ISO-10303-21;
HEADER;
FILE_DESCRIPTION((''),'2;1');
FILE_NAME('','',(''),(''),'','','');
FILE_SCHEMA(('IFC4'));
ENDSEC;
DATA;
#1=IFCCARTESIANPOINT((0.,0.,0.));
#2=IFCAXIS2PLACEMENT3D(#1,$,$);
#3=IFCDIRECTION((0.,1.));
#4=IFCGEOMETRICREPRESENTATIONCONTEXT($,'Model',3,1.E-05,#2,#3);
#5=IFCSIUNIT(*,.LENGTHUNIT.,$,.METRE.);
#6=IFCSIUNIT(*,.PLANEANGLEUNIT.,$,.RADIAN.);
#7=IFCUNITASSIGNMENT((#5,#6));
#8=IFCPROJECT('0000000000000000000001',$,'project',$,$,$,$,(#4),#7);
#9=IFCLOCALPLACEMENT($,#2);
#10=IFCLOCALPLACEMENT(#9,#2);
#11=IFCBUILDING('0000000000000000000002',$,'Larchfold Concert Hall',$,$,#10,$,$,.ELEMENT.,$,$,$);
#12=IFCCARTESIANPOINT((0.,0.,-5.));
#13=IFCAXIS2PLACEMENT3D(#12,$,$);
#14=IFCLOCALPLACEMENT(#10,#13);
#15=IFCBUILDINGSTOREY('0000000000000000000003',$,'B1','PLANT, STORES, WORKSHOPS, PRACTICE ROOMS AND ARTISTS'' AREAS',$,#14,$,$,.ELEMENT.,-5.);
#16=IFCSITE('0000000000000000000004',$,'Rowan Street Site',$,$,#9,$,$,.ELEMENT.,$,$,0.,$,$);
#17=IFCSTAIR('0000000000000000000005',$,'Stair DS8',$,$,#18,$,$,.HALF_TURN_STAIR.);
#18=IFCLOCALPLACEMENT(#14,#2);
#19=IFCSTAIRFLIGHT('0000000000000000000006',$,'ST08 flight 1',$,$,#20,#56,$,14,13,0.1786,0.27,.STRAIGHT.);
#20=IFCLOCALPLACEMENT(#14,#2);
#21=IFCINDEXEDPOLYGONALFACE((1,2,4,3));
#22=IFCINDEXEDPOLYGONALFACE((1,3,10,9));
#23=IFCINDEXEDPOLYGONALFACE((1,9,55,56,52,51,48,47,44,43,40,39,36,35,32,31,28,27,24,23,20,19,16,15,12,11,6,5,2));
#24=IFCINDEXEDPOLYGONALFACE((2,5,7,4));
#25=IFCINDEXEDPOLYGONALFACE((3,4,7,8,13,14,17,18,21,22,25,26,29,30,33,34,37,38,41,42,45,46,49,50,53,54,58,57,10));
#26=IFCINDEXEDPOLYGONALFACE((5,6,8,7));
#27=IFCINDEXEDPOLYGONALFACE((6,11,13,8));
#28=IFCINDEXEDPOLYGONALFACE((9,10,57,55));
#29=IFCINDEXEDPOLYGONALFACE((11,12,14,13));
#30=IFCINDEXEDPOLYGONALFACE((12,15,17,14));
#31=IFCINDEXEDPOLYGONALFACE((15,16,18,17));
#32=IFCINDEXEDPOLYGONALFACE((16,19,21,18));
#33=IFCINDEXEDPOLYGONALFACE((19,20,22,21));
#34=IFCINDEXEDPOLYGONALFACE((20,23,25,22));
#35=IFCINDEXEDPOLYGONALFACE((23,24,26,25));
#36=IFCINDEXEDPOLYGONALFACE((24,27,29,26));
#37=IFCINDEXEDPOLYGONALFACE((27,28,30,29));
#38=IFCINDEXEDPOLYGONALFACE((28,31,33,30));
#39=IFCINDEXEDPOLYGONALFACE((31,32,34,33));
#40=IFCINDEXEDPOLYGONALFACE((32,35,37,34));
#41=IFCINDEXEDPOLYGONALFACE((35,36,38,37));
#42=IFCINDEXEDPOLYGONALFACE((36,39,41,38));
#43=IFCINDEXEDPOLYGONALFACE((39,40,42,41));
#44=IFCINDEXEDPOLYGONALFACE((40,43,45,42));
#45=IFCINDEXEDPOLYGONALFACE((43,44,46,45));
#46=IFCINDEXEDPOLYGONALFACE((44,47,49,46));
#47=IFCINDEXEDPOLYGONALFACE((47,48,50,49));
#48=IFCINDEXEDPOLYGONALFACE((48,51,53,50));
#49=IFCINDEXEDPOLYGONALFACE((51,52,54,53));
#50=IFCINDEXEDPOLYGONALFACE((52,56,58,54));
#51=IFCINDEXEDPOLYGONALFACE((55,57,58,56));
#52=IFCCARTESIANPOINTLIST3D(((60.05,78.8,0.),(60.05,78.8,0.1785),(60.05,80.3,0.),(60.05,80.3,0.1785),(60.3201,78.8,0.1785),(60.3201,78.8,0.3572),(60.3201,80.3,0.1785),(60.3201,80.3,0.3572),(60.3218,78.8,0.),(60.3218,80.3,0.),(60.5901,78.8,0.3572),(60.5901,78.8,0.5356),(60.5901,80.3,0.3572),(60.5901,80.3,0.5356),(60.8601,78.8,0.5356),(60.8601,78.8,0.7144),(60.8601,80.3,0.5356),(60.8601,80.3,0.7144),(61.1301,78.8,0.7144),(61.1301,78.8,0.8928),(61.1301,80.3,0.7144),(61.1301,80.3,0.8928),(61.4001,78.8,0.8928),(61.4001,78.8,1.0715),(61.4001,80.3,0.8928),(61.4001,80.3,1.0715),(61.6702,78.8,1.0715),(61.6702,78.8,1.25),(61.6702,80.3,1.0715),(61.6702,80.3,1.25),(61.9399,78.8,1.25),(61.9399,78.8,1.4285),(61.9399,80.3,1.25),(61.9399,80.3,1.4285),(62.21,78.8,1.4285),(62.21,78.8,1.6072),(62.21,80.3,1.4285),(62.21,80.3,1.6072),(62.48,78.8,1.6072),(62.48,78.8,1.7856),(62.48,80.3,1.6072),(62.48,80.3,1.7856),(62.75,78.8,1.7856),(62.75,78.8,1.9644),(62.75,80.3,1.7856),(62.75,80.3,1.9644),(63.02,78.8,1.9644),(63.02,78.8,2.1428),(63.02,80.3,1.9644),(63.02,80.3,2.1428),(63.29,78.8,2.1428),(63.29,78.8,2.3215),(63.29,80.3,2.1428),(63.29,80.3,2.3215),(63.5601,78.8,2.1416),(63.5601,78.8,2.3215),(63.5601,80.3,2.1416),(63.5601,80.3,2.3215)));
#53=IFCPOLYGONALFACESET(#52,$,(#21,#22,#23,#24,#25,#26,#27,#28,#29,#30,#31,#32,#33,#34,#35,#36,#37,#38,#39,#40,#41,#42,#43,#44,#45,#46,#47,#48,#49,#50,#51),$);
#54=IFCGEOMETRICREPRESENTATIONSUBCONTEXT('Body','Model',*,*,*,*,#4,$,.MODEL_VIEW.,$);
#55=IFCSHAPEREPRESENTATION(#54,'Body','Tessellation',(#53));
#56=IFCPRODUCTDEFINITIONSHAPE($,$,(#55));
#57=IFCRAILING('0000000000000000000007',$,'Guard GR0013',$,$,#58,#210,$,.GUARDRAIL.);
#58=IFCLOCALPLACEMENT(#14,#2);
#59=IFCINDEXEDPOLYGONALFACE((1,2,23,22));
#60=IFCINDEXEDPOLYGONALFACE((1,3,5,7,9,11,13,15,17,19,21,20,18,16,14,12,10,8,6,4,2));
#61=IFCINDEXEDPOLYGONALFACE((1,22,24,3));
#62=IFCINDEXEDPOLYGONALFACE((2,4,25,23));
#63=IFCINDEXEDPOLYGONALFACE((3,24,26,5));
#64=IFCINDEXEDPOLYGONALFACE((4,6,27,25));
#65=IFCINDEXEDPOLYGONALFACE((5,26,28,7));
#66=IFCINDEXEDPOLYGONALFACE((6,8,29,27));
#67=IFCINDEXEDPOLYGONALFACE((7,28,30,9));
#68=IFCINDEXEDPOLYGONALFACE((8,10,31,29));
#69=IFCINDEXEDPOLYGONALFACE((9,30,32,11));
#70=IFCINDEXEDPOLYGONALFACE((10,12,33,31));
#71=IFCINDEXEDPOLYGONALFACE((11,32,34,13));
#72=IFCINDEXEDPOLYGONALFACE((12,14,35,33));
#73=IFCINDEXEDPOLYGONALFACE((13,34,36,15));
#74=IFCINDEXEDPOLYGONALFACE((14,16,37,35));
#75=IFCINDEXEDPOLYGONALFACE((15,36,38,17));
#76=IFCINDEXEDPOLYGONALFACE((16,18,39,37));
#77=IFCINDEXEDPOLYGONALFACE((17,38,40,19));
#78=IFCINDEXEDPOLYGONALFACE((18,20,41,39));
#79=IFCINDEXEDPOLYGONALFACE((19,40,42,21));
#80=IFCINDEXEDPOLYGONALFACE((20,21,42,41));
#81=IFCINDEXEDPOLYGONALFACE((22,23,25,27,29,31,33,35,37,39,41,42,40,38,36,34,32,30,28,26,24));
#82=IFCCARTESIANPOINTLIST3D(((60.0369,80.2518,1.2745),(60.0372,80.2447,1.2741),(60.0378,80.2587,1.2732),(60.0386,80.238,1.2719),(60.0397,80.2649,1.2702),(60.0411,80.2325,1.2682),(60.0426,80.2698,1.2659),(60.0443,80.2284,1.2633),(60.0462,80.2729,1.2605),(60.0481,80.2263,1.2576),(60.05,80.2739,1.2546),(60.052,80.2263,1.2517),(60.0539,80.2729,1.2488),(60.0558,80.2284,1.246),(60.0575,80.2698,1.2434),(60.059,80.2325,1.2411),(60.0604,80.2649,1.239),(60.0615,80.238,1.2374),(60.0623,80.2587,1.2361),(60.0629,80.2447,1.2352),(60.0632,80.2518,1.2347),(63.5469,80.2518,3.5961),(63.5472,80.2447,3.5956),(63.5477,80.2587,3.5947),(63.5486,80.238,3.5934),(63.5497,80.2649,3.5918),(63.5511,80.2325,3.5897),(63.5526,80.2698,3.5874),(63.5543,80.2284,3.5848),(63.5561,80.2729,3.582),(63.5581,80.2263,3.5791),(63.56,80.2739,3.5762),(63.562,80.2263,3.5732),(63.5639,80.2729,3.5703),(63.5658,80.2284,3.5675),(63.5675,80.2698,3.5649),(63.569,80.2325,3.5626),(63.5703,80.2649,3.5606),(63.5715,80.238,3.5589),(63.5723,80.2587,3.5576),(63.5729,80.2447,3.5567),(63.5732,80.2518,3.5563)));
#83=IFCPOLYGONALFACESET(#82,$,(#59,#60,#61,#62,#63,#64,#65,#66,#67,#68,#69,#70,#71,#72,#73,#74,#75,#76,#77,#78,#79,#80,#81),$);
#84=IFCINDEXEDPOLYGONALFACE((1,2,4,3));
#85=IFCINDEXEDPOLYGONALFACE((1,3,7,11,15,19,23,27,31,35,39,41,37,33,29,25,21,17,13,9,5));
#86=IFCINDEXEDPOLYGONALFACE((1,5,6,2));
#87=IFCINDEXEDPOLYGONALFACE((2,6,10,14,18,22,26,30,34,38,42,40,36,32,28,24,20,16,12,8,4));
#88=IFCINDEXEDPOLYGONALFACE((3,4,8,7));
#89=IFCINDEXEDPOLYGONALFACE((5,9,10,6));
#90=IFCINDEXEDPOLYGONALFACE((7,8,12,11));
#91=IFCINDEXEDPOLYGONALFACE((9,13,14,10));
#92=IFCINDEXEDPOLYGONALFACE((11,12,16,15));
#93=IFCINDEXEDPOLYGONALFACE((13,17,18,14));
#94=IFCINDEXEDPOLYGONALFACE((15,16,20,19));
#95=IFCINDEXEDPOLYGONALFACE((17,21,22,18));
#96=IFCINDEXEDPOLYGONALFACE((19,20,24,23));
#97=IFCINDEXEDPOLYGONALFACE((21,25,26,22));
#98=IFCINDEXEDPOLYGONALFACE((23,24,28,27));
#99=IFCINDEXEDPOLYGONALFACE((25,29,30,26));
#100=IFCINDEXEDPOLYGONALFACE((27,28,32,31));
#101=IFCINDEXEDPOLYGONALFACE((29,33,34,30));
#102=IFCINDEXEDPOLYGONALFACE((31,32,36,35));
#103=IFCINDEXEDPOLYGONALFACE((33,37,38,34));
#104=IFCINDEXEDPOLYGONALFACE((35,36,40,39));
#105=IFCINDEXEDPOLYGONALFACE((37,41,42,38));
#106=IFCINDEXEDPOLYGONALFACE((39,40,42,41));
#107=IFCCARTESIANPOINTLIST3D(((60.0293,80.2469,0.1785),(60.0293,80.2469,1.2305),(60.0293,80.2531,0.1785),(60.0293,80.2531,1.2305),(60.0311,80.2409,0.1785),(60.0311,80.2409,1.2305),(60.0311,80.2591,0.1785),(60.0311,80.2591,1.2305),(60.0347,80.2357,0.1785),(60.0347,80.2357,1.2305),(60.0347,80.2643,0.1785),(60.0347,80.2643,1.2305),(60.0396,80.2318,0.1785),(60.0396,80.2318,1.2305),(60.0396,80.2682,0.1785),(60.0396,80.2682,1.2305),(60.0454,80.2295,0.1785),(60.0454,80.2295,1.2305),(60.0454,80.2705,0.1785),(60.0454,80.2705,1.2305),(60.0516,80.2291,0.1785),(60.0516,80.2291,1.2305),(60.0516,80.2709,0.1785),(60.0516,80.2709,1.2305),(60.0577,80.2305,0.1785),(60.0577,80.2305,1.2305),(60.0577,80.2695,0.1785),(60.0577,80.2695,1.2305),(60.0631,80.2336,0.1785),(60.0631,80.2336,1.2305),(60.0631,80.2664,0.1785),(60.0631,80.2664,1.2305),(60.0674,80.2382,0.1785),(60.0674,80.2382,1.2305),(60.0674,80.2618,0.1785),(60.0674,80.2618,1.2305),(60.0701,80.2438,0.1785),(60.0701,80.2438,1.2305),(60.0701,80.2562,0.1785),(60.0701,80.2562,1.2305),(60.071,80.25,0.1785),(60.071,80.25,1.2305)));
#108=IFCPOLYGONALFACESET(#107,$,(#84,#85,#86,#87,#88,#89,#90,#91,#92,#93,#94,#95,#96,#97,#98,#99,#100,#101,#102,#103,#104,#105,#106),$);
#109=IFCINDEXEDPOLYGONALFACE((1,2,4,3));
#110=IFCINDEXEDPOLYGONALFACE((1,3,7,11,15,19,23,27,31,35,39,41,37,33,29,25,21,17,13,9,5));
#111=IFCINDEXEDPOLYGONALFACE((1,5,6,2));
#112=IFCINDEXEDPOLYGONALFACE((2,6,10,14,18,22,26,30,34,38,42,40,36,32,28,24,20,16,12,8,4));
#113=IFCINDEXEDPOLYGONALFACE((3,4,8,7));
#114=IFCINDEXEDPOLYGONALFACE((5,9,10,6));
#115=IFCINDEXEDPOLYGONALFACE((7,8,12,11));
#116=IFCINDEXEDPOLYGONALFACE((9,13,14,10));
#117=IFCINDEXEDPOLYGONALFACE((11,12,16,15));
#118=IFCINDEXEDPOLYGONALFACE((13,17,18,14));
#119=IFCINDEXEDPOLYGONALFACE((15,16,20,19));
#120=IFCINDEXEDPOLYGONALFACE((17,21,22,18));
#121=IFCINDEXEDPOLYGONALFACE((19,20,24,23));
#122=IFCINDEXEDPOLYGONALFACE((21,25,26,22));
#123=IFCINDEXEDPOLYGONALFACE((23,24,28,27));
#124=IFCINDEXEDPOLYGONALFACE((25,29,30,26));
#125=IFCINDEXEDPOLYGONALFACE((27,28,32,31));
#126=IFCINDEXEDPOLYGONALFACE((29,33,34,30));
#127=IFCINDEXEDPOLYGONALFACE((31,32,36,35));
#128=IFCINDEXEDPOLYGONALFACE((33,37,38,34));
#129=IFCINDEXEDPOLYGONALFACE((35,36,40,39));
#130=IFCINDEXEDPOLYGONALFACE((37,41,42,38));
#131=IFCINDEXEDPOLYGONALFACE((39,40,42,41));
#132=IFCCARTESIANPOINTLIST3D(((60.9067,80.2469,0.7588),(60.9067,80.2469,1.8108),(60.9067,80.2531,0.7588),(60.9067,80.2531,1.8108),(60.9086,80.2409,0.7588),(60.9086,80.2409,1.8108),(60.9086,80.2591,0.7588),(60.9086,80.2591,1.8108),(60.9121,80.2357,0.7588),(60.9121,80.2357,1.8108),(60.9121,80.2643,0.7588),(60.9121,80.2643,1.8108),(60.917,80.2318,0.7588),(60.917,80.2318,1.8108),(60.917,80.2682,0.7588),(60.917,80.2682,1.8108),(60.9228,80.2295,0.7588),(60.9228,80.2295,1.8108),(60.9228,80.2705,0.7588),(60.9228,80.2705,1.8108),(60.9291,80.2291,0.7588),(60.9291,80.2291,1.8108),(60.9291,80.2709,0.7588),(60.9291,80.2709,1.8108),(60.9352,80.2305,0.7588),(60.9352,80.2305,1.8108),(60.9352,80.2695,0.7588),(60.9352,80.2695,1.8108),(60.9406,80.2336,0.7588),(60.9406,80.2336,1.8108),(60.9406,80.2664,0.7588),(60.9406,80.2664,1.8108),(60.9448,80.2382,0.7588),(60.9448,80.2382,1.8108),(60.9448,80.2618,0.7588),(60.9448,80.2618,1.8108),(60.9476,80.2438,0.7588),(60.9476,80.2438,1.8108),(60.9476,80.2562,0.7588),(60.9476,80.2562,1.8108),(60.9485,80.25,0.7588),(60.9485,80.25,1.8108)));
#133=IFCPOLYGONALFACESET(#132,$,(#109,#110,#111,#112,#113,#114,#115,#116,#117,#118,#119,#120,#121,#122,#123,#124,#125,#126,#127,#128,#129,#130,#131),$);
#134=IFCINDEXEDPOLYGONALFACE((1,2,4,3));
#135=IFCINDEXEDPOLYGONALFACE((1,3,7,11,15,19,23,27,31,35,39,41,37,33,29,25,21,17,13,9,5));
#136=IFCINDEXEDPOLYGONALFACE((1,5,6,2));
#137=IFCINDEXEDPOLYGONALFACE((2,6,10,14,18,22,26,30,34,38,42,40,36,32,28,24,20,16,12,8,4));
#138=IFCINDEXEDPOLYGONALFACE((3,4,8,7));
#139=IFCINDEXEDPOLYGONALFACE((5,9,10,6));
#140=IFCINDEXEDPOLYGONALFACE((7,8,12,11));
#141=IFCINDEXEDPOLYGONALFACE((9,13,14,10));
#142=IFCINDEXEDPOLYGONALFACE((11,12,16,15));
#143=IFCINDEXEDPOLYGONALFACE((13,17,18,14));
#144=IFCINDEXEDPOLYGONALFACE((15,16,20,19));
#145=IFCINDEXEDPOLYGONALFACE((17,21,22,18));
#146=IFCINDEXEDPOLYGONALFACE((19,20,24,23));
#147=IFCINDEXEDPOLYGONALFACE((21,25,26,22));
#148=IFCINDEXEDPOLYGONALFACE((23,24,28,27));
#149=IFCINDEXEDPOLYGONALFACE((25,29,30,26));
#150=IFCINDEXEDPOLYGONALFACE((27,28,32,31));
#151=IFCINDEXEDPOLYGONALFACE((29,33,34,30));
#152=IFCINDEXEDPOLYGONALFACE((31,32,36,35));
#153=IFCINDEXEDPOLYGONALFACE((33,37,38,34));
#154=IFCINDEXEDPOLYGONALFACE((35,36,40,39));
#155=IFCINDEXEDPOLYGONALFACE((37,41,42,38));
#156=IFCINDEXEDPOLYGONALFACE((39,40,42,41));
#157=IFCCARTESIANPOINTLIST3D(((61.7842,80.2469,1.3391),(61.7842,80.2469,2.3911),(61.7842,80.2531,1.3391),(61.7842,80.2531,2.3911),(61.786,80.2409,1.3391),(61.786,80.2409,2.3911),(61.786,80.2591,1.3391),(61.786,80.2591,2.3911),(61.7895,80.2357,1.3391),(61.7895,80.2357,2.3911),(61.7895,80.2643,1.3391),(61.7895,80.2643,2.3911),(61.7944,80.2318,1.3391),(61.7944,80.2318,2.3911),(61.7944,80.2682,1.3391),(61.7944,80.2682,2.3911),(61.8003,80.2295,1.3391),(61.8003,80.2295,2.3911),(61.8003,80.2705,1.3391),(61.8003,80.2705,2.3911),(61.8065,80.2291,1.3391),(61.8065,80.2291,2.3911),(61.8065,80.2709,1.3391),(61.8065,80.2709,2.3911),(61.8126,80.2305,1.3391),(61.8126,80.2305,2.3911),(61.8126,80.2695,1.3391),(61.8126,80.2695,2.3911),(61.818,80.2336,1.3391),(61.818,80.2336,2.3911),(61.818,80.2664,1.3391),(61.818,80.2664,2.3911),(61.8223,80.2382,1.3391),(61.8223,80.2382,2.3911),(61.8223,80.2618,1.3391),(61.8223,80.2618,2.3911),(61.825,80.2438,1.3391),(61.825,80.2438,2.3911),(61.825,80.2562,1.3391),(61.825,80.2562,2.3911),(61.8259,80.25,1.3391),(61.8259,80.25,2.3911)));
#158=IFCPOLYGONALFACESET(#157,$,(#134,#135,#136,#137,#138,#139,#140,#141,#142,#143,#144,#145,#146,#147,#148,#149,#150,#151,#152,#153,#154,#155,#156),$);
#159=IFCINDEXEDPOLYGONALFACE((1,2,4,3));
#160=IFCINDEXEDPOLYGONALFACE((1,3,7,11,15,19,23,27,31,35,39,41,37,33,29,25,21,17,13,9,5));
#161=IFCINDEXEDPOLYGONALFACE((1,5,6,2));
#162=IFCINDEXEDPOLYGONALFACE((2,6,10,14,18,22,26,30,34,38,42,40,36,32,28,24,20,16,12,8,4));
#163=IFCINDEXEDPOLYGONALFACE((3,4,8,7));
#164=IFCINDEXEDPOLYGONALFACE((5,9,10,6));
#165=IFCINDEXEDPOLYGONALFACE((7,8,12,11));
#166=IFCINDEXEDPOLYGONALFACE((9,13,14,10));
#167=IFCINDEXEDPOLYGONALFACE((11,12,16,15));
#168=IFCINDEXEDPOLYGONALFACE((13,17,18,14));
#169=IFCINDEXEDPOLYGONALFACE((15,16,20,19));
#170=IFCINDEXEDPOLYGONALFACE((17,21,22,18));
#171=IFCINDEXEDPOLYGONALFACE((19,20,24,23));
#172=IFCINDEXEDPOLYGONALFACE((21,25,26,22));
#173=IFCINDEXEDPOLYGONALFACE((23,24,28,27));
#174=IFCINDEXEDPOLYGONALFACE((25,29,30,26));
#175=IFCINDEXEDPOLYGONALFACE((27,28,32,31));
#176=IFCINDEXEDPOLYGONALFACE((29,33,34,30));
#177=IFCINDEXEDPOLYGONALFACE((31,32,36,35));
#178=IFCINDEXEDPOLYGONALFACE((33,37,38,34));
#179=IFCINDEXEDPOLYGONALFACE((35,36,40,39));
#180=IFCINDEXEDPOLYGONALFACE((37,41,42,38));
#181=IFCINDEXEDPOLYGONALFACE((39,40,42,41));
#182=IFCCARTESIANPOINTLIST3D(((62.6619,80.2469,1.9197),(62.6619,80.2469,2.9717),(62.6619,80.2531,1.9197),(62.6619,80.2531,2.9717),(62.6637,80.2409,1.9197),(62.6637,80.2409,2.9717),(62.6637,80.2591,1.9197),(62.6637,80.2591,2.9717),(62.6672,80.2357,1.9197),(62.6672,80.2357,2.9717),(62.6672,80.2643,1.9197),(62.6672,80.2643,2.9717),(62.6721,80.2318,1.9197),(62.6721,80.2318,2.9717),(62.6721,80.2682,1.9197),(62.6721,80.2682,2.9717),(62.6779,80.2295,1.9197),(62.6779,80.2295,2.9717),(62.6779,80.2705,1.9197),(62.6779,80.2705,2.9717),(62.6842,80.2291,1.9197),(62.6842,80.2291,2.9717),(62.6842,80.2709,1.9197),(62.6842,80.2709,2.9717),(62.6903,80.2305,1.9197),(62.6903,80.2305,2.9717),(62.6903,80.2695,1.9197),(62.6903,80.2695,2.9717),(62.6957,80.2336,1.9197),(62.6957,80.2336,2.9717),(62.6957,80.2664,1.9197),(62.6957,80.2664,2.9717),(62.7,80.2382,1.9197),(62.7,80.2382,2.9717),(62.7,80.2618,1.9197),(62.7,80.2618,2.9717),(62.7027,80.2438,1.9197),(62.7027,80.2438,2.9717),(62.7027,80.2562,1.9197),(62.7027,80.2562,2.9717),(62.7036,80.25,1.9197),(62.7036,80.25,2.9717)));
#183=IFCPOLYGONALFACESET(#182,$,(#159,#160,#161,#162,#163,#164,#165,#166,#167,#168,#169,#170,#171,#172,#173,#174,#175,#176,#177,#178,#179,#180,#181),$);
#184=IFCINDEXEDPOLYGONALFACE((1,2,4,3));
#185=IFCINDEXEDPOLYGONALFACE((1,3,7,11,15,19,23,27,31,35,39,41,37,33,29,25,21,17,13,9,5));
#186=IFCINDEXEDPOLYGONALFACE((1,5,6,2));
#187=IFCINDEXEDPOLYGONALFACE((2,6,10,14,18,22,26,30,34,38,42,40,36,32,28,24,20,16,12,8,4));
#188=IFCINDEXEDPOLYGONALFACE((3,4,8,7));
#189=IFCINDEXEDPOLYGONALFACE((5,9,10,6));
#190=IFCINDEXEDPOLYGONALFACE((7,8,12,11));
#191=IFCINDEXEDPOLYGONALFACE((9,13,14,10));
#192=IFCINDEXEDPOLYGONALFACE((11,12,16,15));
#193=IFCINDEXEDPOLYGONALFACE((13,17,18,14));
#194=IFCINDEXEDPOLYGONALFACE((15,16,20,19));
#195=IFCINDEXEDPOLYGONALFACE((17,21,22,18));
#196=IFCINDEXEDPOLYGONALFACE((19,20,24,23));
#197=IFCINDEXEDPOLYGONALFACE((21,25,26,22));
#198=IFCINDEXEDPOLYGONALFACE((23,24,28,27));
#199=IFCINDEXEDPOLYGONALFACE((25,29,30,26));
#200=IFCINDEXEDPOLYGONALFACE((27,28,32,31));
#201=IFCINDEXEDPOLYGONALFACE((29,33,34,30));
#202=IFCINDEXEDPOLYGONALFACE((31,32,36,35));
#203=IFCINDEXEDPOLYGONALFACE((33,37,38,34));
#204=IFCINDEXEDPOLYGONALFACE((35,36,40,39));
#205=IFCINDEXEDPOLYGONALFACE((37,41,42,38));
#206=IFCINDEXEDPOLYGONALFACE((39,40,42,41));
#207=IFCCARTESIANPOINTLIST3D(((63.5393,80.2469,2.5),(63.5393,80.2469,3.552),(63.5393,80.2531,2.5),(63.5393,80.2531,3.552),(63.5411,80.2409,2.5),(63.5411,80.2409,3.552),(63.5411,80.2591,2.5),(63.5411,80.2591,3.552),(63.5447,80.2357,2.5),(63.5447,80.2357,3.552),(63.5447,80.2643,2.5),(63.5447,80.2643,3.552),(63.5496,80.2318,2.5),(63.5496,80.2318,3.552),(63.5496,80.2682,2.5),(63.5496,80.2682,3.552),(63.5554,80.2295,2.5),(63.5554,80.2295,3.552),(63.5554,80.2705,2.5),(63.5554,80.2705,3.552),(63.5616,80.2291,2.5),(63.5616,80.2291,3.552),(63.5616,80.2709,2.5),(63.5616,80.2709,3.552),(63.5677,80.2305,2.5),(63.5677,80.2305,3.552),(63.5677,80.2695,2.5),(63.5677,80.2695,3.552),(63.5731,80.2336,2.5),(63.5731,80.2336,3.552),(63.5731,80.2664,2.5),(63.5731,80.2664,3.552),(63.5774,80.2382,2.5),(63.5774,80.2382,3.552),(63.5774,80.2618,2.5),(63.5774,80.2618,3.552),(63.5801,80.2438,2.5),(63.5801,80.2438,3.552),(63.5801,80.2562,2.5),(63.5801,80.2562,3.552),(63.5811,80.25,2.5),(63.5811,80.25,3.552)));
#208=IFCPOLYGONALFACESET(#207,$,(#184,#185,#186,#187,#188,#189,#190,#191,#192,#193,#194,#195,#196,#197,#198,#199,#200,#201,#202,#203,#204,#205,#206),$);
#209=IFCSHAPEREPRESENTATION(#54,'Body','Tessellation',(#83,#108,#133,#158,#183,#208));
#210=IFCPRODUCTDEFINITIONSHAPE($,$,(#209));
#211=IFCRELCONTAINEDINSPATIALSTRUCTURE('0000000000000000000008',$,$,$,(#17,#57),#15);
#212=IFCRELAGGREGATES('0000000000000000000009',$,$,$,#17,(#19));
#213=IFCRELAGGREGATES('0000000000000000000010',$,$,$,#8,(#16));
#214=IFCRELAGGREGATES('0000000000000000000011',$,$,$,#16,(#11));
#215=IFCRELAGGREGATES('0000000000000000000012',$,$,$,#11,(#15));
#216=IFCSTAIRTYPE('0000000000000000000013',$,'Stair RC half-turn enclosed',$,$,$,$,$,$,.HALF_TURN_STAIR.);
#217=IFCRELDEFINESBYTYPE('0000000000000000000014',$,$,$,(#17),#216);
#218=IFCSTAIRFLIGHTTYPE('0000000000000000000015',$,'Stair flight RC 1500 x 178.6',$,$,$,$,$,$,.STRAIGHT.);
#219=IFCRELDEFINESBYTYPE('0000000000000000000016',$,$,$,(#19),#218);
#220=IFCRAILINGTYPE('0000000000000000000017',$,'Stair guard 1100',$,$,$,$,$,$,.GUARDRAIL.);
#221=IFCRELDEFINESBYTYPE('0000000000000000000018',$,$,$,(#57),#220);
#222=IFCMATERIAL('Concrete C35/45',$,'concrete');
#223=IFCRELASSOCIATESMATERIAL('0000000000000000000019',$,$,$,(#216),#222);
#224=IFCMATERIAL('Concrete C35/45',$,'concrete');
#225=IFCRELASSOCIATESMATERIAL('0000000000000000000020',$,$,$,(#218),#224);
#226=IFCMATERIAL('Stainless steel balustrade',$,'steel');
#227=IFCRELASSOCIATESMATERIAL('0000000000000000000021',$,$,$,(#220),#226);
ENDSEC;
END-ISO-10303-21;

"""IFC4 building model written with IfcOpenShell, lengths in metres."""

from ifc_helpers import new_model, si_unit, direction, frame, origin, origin_2d, place, context, subcontext, project, spatial, polyline, circle, outline, extrude, material, type_object, element, aggregate, save


model = new_model("IFC4")

# Units and contexts
model_context = context("Model", 3, precision=1e-05, world=origin(), true_north=direction((0.0, 1.0)))
body_context = subcontext(model_context, "Body", "Model", "MODEL_VIEW")
ifc_project = project(units=[si_unit("LENGTHUNIT", "METRE"), si_unit("PLANEANGLEUNIT", "RADIAN")], contexts=[model_context])

# Site, building, storey
site_placement = place(None, origin())
site = spatial("IfcSite", under=ifc_project, at=site_placement, Name="Rowan Street Site", CompositionType="ELEMENT", RefElevation=0.0)
building_placement = place(site_placement, origin())
building = spatial("IfcBuilding", under=site, at=building_placement, Name="Larchfold Concert Hall", CompositionType="ELEMENT")
storey_placement = place(building_placement, frame((0.0, 0.0, -5.0)))
storey = spatial("IfcBuildingStorey", under=building, at=storey_placement, Name="B1", Description="PLANT, STORES, WORKSHOPS, PRACTICE ROOMS AND ARTISTS' AREAS", CompositionType="ELEMENT", Elevation=-5.0)

# Stair, stair flight
ifc_material_1 = material(Name="Concrete C35/45", Category="concrete")
stair_type = type_object("IfcStairType", Name="Stair RC half-turn enclosed", PredefinedType="HALF_TURN_STAIR", material=ifc_material_1)
stair_placement = place(storey_placement, origin())
stair = element("IfcStair", 1, at=stair_placement, inside=storey, type_object=stair_type, Name="Stair DS8", PredefinedType="HALF_TURN_STAIR")
ifc_material_2 = material(Name="Concrete C35/45", Category="concrete")
stair_flight_type = type_object("IfcStairFlightType", Name="Stair flight RC 1500 x 178.6", PredefinedType="STRAIGHT", material=ifc_material_2)
stair_flight_placement = place(storey_placement, frame((60.05, 79.55, 0.0), z_axis=(0.0, 0.0, 1.0), x_axis=(1.0, 0.0, 0.0)))
stair_flight = element("IfcStairFlight", 2, at=stair_flight_placement, type_object=stair_flight_type, Name="ST08 flight 1", NumberOfRisers=14, NumberOfTreads=13, PredefinedType="STRAIGHT", RiserHeight=0.1786, TreadLength=0.27, context=body_context, shape_type="SweptSolid", body=[
    extrude(outline(polyline([(0.0, 0.0), (0.0, 0.1785), (0.27, 0.1785), (0.27, 0.3572), (0.54, 0.3572), (0.54, 0.5356), (0.8101, 0.5356), (0.8101, 0.7144), (1.0801, 0.7144), (1.0801, 0.8928), (1.3501, 0.8928), (1.3501, 1.0715), (1.6201, 1.0715), (1.6201, 1.25), (1.8899, 1.25), (1.8899, 1.4285), (2.1599, 1.4285), (2.1599, 1.6072), (2.4299, 1.6072), (2.4299, 1.7856), (2.7, 1.7856), (2.7, 1.9644), (2.97, 1.9644), (2.97, 2.1428), (3.24, 2.1428), (3.24, 2.3215), (3.51, 2.3215), (3.51, 2.5), (3.51, 2.1416), (0.2717, 0.0), (0.0, 0.0)])), frame((0.0, 0.75, 0.0), z_axis=(0.0, -1.0, 0.0), x_axis=(1.0, 0.0, 0.0)), (0.0, 0.0, 1.0), 1.5),
])
aggregate(stair, [stair_flight])

# Railing
ifc_material_3 = material(Name="Stainless steel balustrade", Category="steel")
railing_type_1 = type_object("IfcRailingType", Name="Stair guard 1100", PredefinedType="GUARDRAIL", material=ifc_material_3)
railing_1_placement = place(storey_placement, frame((60.05, 80.25, 0.1785)))
element("IfcRailing", 3, at=railing_1_placement, inside=storey, type_object=railing_type_1, Name="Guard GR0013", PredefinedType="GUARDRAIL", context=body_context, shape_type="SweptSolid", body=[
    extrude(circle(Radius=0.0239, at=origin_2d()), frame((0.0, 0.0, 1.0762), z_axis=(0.834071, 0.0, 0.551657), x_axis=(0.0, 1.0, 0.0)), (0.0, 0.0, 1.0), 4.2083),
    extrude(circle(Radius=0.021, at=origin_2d()), origin(), (0.0, 0.0, 1.0), 1.052),
    extrude(circle(Radius=0.021, at=origin_2d()), frame((0.8774, 0.0, 0.5803)), (0.0, 0.0, 1.0), 1.052),
    extrude(circle(Radius=0.021, at=origin_2d()), frame((1.7549, 0.0, 1.1606)), (0.0, 0.0, 1.0), 1.052),
    extrude(circle(Radius=0.021, at=origin_2d()), frame((2.6326, 0.0, 1.7412)), (0.0, 0.0, 1.0), 1.052),
    extrude(circle(Radius=0.021, at=origin_2d()), frame((3.51, 0.0, 2.3215)), (0.0, 0.0, 1.0), 1.052),
])

save(model, "model.ifc")
